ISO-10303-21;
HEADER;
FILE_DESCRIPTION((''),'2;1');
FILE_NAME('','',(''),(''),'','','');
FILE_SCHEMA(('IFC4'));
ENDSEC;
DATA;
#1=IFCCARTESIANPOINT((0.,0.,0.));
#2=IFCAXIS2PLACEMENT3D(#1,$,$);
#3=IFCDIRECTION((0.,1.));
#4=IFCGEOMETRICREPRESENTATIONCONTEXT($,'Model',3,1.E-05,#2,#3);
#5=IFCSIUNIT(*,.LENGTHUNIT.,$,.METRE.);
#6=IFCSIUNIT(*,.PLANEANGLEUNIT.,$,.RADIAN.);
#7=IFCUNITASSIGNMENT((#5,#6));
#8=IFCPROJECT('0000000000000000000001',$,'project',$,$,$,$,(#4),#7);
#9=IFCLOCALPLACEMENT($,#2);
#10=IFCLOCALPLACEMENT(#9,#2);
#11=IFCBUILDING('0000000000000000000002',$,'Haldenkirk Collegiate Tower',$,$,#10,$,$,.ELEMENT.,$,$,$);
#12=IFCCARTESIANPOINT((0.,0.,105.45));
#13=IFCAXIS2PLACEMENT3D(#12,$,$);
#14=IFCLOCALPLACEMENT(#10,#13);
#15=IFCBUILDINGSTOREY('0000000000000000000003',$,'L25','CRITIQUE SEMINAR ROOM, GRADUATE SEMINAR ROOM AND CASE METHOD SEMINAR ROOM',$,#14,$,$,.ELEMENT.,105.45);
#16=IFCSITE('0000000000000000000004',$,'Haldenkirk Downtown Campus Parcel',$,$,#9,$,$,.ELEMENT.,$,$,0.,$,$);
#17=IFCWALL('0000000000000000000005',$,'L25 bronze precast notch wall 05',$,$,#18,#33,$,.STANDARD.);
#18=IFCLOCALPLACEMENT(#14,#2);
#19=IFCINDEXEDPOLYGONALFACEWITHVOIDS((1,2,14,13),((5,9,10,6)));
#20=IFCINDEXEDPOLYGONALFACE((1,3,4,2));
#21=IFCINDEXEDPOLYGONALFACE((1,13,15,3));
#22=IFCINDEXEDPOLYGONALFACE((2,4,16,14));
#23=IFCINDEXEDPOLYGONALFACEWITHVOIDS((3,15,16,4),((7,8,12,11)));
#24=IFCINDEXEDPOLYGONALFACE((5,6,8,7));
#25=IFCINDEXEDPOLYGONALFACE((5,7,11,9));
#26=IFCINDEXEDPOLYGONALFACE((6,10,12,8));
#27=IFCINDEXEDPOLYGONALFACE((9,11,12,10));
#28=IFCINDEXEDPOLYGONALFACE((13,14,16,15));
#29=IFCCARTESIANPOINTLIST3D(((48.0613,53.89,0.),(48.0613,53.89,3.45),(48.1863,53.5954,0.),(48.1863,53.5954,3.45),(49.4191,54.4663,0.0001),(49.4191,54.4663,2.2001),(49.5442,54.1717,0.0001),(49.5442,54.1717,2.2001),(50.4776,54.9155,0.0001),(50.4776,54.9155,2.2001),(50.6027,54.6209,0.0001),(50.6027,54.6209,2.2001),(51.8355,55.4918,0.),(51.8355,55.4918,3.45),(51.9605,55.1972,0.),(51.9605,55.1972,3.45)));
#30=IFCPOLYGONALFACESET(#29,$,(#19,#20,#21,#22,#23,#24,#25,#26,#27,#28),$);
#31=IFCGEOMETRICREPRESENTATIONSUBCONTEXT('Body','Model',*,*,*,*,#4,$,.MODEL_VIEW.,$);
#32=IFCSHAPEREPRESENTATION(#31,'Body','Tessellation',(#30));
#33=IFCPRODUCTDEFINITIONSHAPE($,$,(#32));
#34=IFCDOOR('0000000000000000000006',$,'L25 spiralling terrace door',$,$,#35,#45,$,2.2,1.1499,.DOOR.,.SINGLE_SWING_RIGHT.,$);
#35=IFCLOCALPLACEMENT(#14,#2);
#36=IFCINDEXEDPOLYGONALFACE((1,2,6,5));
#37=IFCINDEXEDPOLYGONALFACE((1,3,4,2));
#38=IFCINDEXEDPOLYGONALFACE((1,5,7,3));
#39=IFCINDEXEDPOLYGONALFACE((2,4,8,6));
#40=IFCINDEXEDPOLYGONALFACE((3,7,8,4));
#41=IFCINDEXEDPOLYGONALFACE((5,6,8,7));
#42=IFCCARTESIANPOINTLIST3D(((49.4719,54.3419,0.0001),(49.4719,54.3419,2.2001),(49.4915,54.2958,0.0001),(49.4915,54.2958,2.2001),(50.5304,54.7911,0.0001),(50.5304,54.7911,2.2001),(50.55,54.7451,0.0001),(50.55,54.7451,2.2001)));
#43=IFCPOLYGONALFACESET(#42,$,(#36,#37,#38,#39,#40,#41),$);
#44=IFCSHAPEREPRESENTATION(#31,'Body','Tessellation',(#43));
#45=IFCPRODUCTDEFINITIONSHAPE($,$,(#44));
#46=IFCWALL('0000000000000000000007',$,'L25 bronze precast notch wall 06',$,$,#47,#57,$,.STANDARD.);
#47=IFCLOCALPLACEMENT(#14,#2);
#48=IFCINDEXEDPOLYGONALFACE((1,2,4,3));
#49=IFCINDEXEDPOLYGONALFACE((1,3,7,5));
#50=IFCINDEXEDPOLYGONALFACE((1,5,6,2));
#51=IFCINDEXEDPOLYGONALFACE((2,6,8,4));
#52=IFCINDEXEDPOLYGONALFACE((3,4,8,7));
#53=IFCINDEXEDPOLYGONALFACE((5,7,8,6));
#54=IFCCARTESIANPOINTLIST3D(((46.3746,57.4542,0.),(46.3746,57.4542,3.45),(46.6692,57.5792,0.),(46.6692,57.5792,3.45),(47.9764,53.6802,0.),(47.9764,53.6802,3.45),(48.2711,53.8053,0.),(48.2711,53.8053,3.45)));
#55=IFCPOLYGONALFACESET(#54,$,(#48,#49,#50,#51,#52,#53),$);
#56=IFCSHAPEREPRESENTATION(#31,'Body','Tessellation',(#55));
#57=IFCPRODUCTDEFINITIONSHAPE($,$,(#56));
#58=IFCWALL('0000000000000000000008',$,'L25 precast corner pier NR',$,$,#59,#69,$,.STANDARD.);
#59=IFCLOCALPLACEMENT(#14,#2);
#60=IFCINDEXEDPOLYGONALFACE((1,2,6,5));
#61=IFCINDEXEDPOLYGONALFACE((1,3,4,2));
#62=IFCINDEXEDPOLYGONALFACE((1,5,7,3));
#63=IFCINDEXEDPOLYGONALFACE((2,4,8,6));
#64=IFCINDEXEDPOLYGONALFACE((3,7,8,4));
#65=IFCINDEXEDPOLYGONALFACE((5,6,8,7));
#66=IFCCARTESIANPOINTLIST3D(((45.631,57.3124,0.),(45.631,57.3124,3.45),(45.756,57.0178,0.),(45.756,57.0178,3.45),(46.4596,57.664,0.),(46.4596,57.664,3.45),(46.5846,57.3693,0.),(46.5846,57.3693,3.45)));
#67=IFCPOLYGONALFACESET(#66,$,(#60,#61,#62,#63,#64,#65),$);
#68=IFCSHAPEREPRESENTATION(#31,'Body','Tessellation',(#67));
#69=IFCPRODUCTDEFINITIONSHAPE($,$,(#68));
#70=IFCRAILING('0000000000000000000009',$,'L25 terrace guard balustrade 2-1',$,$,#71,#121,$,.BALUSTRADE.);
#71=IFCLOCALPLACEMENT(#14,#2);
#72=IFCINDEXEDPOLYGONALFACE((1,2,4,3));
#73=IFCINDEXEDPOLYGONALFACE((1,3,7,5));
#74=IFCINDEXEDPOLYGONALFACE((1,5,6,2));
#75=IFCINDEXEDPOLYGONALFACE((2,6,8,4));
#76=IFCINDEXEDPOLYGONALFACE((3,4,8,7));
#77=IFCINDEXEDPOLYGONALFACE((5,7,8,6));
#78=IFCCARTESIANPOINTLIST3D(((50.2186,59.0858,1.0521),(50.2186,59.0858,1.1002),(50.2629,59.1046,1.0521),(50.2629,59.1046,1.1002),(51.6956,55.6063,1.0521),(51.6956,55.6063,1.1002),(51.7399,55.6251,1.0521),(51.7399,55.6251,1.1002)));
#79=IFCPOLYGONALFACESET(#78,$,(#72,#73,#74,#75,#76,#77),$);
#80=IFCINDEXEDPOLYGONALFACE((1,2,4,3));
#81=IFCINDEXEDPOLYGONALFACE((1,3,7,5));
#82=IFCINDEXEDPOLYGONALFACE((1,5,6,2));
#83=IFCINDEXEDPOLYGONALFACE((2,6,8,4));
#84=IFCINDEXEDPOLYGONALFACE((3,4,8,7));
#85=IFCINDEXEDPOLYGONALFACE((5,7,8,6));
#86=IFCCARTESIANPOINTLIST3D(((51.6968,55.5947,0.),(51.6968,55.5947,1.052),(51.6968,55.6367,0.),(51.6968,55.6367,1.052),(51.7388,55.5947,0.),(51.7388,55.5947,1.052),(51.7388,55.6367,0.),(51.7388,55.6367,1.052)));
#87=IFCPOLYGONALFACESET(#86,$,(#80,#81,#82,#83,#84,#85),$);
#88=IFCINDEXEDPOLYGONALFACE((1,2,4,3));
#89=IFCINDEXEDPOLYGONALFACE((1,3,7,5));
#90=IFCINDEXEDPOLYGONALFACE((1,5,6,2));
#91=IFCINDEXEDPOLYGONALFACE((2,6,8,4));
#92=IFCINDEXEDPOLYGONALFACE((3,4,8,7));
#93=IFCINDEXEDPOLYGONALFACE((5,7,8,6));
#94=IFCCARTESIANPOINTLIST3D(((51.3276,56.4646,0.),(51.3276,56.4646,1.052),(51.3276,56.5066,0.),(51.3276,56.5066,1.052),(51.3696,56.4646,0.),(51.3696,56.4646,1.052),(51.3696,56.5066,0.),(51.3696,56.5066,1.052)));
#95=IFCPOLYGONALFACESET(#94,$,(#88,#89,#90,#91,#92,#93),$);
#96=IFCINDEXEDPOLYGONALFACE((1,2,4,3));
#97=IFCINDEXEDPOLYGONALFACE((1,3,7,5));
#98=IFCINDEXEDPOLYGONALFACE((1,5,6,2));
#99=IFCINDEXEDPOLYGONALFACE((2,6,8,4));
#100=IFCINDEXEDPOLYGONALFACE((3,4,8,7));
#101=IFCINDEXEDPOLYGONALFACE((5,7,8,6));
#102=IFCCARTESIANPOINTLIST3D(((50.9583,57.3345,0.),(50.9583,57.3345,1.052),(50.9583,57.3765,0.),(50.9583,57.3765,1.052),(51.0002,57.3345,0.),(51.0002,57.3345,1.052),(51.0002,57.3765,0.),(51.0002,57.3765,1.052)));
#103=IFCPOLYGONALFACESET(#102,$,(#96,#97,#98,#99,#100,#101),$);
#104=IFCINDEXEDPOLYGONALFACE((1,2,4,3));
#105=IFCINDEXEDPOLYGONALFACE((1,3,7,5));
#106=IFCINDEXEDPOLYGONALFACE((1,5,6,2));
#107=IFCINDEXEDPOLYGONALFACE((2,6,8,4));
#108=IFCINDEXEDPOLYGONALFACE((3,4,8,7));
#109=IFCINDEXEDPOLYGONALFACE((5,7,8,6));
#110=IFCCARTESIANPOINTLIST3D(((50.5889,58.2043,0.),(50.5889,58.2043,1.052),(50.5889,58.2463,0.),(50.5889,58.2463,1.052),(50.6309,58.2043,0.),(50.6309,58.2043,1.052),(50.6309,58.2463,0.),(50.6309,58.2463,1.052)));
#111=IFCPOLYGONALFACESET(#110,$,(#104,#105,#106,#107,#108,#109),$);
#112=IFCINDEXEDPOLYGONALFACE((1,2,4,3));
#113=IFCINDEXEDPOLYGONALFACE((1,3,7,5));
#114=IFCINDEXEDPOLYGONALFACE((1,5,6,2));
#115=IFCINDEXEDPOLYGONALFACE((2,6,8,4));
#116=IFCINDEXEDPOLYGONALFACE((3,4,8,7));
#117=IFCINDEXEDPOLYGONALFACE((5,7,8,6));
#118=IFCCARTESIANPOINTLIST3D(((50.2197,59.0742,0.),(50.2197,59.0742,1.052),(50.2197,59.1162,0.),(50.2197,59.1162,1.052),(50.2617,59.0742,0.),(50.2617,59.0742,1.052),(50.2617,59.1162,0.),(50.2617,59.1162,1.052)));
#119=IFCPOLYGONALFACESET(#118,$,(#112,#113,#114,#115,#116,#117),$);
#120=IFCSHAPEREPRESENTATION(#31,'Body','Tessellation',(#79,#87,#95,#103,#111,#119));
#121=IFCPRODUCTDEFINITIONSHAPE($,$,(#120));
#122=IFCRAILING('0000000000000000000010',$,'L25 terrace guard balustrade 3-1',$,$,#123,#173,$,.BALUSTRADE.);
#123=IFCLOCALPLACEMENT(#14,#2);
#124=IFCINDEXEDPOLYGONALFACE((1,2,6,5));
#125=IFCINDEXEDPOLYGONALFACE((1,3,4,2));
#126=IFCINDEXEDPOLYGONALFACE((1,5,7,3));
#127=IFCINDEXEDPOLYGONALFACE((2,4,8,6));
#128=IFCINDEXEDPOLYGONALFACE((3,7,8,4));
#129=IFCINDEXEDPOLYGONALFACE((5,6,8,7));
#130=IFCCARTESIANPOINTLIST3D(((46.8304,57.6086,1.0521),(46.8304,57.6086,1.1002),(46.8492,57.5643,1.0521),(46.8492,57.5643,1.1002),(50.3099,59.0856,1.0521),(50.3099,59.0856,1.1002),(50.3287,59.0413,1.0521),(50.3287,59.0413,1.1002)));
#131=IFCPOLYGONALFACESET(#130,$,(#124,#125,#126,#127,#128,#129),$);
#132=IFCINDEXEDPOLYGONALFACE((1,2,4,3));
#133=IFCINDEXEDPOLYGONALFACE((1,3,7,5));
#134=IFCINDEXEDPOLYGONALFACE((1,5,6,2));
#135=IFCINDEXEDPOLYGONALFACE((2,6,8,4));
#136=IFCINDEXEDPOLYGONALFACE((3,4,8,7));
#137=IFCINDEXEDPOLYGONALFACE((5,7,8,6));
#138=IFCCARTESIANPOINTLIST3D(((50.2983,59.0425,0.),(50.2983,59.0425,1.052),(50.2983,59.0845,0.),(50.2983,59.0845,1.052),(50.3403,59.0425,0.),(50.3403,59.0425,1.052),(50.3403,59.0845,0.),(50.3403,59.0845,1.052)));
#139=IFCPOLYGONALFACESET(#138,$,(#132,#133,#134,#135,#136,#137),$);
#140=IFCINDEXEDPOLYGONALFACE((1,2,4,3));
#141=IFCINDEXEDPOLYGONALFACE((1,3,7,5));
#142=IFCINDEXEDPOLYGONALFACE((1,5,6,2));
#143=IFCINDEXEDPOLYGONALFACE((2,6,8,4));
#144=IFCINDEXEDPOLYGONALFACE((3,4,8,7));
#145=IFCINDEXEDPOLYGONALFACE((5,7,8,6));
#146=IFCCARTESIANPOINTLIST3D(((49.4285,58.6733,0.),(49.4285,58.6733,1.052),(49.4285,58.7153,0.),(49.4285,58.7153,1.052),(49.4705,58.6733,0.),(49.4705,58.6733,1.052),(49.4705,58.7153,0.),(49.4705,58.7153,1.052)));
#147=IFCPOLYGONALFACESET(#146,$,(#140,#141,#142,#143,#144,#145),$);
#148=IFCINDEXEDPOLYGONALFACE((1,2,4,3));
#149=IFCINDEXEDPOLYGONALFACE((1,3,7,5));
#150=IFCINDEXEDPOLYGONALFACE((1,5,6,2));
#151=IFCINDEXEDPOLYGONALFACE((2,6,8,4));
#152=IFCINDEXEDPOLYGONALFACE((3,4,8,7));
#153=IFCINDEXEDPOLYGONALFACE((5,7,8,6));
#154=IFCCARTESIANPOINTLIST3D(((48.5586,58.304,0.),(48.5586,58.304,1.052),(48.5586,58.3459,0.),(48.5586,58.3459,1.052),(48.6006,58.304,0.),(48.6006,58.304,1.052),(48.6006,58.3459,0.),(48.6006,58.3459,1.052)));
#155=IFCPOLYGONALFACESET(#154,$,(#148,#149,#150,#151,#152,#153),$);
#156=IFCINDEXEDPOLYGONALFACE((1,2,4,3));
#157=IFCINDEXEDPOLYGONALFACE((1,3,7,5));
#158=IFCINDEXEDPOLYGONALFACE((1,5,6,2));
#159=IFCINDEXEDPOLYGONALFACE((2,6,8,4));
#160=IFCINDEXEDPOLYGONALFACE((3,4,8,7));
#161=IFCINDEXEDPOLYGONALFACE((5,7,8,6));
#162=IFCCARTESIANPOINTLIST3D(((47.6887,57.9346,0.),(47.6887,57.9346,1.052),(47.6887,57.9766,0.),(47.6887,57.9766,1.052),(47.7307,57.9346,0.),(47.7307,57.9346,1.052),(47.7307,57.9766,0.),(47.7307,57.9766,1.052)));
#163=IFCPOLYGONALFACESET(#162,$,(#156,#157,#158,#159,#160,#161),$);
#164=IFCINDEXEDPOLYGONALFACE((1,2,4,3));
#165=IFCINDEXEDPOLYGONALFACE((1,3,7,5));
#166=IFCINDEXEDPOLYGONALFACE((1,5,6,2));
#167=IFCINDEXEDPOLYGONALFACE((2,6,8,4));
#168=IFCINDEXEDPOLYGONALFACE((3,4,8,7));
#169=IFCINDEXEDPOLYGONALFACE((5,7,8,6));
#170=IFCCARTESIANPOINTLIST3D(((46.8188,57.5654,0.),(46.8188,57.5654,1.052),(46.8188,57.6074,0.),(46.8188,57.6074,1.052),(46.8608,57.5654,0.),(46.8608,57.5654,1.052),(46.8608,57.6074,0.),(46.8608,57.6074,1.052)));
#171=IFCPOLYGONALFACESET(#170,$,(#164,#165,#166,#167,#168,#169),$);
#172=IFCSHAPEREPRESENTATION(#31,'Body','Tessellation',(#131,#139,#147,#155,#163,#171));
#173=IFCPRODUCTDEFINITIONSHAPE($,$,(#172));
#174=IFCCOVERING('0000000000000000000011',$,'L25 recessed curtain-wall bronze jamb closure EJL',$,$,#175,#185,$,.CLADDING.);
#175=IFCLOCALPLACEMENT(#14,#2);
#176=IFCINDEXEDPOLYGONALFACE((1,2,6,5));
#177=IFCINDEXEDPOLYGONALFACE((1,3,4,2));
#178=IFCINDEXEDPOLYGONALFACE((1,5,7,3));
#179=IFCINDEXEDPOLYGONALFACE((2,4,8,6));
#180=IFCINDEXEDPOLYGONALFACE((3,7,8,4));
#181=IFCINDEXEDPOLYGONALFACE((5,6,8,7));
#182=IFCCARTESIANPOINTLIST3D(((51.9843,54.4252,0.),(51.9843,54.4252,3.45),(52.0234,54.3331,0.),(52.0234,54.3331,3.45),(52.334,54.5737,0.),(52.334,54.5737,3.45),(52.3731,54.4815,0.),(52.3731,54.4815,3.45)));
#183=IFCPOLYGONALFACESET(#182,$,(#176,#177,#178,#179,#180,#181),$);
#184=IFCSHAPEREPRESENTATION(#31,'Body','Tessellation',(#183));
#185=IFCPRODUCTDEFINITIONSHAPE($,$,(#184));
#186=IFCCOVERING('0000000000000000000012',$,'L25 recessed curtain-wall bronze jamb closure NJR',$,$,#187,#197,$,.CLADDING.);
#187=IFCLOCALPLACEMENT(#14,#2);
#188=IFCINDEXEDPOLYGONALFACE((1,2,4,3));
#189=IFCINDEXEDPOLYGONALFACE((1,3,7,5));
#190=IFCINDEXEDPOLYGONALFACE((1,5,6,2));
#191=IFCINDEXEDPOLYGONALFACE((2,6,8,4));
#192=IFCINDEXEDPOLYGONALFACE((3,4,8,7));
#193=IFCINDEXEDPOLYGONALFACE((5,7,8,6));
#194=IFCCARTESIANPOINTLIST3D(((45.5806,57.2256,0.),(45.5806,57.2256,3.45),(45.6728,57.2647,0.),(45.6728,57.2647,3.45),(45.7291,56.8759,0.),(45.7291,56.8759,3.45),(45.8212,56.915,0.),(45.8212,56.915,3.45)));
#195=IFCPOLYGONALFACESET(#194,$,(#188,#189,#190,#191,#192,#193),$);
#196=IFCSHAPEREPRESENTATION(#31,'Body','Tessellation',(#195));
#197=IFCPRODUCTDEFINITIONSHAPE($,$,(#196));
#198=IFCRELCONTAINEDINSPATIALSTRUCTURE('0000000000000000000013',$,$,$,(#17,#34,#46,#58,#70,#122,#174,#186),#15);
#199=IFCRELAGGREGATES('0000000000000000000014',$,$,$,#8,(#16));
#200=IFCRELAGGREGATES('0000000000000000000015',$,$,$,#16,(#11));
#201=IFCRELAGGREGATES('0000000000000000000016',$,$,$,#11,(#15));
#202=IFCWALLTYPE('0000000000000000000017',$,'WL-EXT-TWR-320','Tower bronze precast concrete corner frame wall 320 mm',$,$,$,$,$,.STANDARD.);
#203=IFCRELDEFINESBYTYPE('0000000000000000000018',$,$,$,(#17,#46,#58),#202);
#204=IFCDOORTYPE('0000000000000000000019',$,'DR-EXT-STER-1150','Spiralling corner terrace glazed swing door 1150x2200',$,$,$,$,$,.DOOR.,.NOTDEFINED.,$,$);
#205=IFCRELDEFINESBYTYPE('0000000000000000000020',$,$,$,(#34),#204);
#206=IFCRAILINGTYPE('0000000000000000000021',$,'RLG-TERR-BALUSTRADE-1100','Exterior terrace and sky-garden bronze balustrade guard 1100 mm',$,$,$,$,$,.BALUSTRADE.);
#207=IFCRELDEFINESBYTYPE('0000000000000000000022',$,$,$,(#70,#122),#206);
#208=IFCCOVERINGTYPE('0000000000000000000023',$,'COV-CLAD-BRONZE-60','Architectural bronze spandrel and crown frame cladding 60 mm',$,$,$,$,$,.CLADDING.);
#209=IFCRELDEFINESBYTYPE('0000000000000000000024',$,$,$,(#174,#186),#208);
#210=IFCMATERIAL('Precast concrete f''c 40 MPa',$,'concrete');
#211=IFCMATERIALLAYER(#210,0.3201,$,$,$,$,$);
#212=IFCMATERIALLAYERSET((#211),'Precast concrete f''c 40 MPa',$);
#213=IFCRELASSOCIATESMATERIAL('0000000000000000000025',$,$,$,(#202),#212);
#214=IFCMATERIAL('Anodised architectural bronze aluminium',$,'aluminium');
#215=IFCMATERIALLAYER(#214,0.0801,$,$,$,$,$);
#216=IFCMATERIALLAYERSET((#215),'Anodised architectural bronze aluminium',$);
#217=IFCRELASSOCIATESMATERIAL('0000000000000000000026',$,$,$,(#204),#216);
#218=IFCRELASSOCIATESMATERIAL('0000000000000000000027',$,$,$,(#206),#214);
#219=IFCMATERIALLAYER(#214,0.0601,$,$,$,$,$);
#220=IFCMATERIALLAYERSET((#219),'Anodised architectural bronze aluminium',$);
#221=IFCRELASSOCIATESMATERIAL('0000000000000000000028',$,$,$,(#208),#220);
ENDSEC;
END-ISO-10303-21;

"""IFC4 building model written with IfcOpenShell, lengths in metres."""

from ifc_helpers import new_model, si_unit, direction, frame, frame_2d, origin, origin_2d, place, context, subcontext, project, spatial, rectangle, extrude, source, transform, mapped, material, layer, layer_set, type_object, element, fill, save


model = new_model("IFC4")

# Units and contexts
model_context = context("Model", 3, precision=1e-05, world=origin(), true_north=direction((0.0, 1.0)))
body_context = subcontext(model_context, "Body", "Model", "MODEL_VIEW")
ifc_project = project(units=[si_unit("LENGTHUNIT", "METRE"), si_unit("PLANEANGLEUNIT", "RADIAN")], contexts=[model_context])

# Site, building, storey
site_placement = place(None, origin())
site = spatial("IfcSite", under=ifc_project, at=site_placement, Name="Haldenkirk Downtown Campus Parcel", CompositionType="ELEMENT", RefElevation=0.0)
building_placement = place(site_placement, origin())
building = spatial("IfcBuilding", under=site, at=building_placement, Name="Haldenkirk Collegiate Tower", CompositionType="ELEMENT")
storey_placement = place(building_placement, frame((0.0, 0.0, 105.45)))
storey = spatial("IfcBuildingStorey", under=building, at=storey_placement, Name="L25", Description="CRITIQUE SEMINAR ROOM, GRADUATE SEMINAR ROOM AND CASE METHOD SEMINAR ROOM", CompositionType="ELEMENT", Elevation=105.45)

# Shared definitions
ifc_material_1 = material(Name="Anodised architectural bronze aluminium", Category="aluminium")

# Shared definitions
ifc_material_2 = material(Name="Precast concrete f'c 40 MPa", Category="concrete")
ifc_layer_1 = layer(ifc_material_2, 0.3201)
ifc_layer_set_1 = layer_set([ifc_layer_1], Name="Precast concrete f'c 40 MPa")
wall_type = type_object("IfcWallType", Name="WL-EXT-TWR-320", Description="Tower bronze precast concrete corner frame wall 320 mm", PredefinedType="STANDARD", material=ifc_layer_set_1)

# Wall, opening, door
wall_1_placement = place(storey_placement, frame((48.1238, 53.7427, 0.0), z_axis=(0.0, 0.0, 1.0), x_axis=(0.920525, 0.390683, 0.0)))
wall_1 = element("IfcWall", 1, at=wall_1_placement, inside=storey, type_object=wall_type, Name="L25 bronze precast notch wall 05", PredefinedType="STANDARD", context=body_context, shape_type="SweptSolid", body=[
    extrude(rectangle(XDim=4.1001, YDim=0.3201, at=frame_2d((2.05, 0.0))), origin(), (0.0, 0.0, 1.0), 3.45),
])
opening_placement = place(wall_1_placement, frame((1.4751, 0.0, 0.0)))
opening = element("IfcOpeningElement", 2, at=opening_placement, cuts=wall_1, PredefinedType="OPENING", context=body_context, shape_type="SweptSolid", body=[
    extrude(rectangle(XDim=1.1499, YDim=2.2, at=frame_2d((0.575, 1.1001))), frame((0.0, 0.1699, 0.0), z_axis=(0.0, -1.0, 0.0), x_axis=(1.0, 0.0, 0.0)), (0.0, 0.0, 1.0), 0.3401),
])
ifc_layer_2 = layer(ifc_material_1, 0.0801)
ifc_layer_set_2 = layer_set([ifc_layer_2], Name="Anodised architectural bronze aluminium")
door_type = type_object("IfcDoorType", Name="DR-EXT-STER-1150", Description="Spiralling corner terrace glazed swing door 1150x2200", OperationType="NOTDEFINED", PredefinedType="DOOR", material=ifc_layer_set_2)
door_placement = place(opening_placement, origin())
door = element("IfcDoor", 3, at=door_placement, inside=storey, type_object=door_type, Name="L25 spiralling terrace door", OperationType="SINGLE_SWING_RIGHT", OverallHeight=2.2, OverallWidth=1.1499, PredefinedType="DOOR", context=body_context, shape_type="SweptSolid", body=[
    extrude(rectangle(XDim=1.1499, YDim=2.2, at=frame_2d((0.575, 1.1001))), frame((0.0, 0.0249, 0.0), z_axis=(0.0, -1.0, 0.0), x_axis=(1.0, 0.0, 0.0)), (0.0, 0.0, 1.0), 0.05),
])
fill(opening, door)

# Walls
wall_2_placement = place(storey_placement, frame((46.522, 57.5166, 0.0), z_axis=(0.0, 0.0, 1.0), x_axis=(0.390704, -0.920516, 0.0)))
element("IfcWall", 4, at=wall_2_placement, inside=storey, type_object=wall_type, Name="L25 bronze precast notch wall 06", PredefinedType="STANDARD", context=body_context, shape_type="SweptSolid", body=[
    extrude(rectangle(XDim=4.0999, YDim=0.3201, at=frame_2d((2.0498, 0.0))), origin(), (0.0, 0.0, 1.0), 3.45),
])
wall_3_placement = place(storey_placement, frame((45.6934, 57.165, 0.0), z_axis=(0.0, 0.0, 1.0), x_axis=(0.92057, 0.390578, 0.0)))
element("IfcWall", 5, at=wall_3_placement, inside=storey, type_object=wall_type, Name="L25 precast corner pier NR", PredefinedType="STANDARD", context=body_context, shape_type="SweptSolid", body=[
    extrude(rectangle(XDim=0.9001, YDim=0.3201, at=frame_2d((0.4502, 0.0))), origin(), (0.0, 0.0, 1.0), 3.45),
])

# Railings
railing_type = type_object("IfcRailingType", Name="RLG-TERR-BALUSTRADE-1100", Description="Exterior terrace and sky-garden bronze balustrade guard 1100 mm", PredefinedType="BALUSTRADE", material=ifc_material_1)
railing_1_placement = place(storey_placement, frame((51.7178, 55.6157, 0.0)))
element("IfcRailing", 6, at=railing_1_placement, inside=storey, type_object=railing_type, Name="L25 terrace guard balustrade 2-1", PredefinedType="BALUSTRADE", context=body_context, shape_type="SweptSolid", body=[
    extrude(rectangle(XDim=0.0481, YDim=0.0481, at=origin_2d()), frame((0.0, 0.0, 1.0762), z_axis=(-0.390752, 0.920496, 0.0), x_axis=(-0.920496, -0.390752, 0.0)), (0.0, 0.0, 1.0), 3.78),
    extrude(rectangle(XDim=0.042, YDim=0.042, at=origin_2d()), origin(), (0.0, 0.0, 1.0), 1.052),
    extrude(rectangle(XDim=0.042, YDim=0.042, at=origin_2d()), frame((-0.3691, 0.8699, 0.0)), (0.0, 0.0, 1.0), 1.052),
    extrude(rectangle(XDim=0.042, YDim=0.042, at=origin_2d()), frame((-0.7385, 1.7397, 0.0)), (0.0, 0.0, 1.0), 1.052),
    extrude(rectangle(XDim=0.042, YDim=0.042, at=origin_2d()), frame((-1.1079, 2.6096, 0.0)), (0.0, 0.0, 1.0), 1.052),
    extrude(rectangle(XDim=0.042, YDim=0.042, at=origin_2d()), frame((-1.4771, 3.4795, 0.0)), (0.0, 0.0, 1.0), 1.052),
])
railing_2_placement = place(storey_placement, frame((50.3193, 59.0635, 0.0)))
element("IfcRailing", 7, at=railing_2_placement, inside=storey, type_object=railing_type, Name="L25 terrace guard balustrade 3-1", PredefinedType="BALUSTRADE", context=body_context, shape_type="SweptSolid", body=[
    extrude(rectangle(XDim=0.0481, YDim=0.0481, at=origin_2d()), frame((0.0, 0.0, 1.0762), z_axis=(-0.920496, -0.390752, 0.0), x_axis=(0.390752, -0.920496, 0.0)), (0.0, 0.0, 1.0), 3.78),
    extrude(rectangle(XDim=0.042, YDim=0.042, at=origin_2d()), origin(), (0.0, 0.0, 1.0), 1.052),
    extrude(rectangle(XDim=0.042, YDim=0.042, at=origin_2d()), frame((-0.8699, -0.3691, 0.0)), (0.0, 0.0, 1.0), 1.052),
    extrude(rectangle(XDim=0.042, YDim=0.042, at=origin_2d()), frame((-1.7397, -0.7385, 0.0)), (0.0, 0.0, 1.0), 1.052),
    extrude(rectangle(XDim=0.042, YDim=0.042, at=origin_2d()), frame((-2.6096, -1.1079, 0.0)), (0.0, 0.0, 1.0), 1.052),
    extrude(rectangle(XDim=0.042, YDim=0.042, at=origin_2d()), frame((-3.4795, -1.4771, 0.0)), (0.0, 0.0, 1.0), 1.052),
])

# Coverings
ifc_layer_3 = layer(ifc_material_1, 0.0601)
ifc_layer_set_3 = layer_set([ifc_layer_3], Name="Anodised architectural bronze aluminium")
covering_type = type_object("IfcCoveringType", Name="COV-CLAD-BRONZE-60", Description="Architectural bronze spandrel and crown frame cladding 60 mm", PredefinedType="CLADDING", material=ifc_layer_set_3)
shared_shape_1 = source(origin(), body_context, "Body", "SweptSolid", [
    extrude(rectangle(XDim=0.1001, YDim=0.3799, at=origin_2d()), origin(), (0.0, 0.0, 1.0), 3.45),
])
for number, where, z_axis, x_axis, name in (
    (8, (52.1787, 54.4534, 0.0), (0.0, 0.0, 1.0), (0.390731, -0.920505, 0.0), "L25 recessed curtain-wall bronze jamb closure EJL"),
    (9, (45.7009, 57.0703, 0.0), (0.0, 0.0, 1.0), (0.920505, 0.390731, 0.0), "L25 recessed curtain-wall bronze jamb closure NJR"),
):
    element("IfcCovering", number, at=place(storey_placement, frame(where, z_axis=z_axis, x_axis=x_axis)), inside=storey, type_object=covering_type, Name=name, PredefinedType="CLADDING", context=body_context, shape_type="MappedRepresentation", body=[
        mapped(shared_shape_1, transform((0.0, 0.0, 0.0), x_axis=(1.0, 0.0, 0.0), y_axis=(0.0, 1.0, 0.0), z_axis=(0.0, 0.0, 1.0), scale=1.0)),
    ])

save(model, "model.ifc")
